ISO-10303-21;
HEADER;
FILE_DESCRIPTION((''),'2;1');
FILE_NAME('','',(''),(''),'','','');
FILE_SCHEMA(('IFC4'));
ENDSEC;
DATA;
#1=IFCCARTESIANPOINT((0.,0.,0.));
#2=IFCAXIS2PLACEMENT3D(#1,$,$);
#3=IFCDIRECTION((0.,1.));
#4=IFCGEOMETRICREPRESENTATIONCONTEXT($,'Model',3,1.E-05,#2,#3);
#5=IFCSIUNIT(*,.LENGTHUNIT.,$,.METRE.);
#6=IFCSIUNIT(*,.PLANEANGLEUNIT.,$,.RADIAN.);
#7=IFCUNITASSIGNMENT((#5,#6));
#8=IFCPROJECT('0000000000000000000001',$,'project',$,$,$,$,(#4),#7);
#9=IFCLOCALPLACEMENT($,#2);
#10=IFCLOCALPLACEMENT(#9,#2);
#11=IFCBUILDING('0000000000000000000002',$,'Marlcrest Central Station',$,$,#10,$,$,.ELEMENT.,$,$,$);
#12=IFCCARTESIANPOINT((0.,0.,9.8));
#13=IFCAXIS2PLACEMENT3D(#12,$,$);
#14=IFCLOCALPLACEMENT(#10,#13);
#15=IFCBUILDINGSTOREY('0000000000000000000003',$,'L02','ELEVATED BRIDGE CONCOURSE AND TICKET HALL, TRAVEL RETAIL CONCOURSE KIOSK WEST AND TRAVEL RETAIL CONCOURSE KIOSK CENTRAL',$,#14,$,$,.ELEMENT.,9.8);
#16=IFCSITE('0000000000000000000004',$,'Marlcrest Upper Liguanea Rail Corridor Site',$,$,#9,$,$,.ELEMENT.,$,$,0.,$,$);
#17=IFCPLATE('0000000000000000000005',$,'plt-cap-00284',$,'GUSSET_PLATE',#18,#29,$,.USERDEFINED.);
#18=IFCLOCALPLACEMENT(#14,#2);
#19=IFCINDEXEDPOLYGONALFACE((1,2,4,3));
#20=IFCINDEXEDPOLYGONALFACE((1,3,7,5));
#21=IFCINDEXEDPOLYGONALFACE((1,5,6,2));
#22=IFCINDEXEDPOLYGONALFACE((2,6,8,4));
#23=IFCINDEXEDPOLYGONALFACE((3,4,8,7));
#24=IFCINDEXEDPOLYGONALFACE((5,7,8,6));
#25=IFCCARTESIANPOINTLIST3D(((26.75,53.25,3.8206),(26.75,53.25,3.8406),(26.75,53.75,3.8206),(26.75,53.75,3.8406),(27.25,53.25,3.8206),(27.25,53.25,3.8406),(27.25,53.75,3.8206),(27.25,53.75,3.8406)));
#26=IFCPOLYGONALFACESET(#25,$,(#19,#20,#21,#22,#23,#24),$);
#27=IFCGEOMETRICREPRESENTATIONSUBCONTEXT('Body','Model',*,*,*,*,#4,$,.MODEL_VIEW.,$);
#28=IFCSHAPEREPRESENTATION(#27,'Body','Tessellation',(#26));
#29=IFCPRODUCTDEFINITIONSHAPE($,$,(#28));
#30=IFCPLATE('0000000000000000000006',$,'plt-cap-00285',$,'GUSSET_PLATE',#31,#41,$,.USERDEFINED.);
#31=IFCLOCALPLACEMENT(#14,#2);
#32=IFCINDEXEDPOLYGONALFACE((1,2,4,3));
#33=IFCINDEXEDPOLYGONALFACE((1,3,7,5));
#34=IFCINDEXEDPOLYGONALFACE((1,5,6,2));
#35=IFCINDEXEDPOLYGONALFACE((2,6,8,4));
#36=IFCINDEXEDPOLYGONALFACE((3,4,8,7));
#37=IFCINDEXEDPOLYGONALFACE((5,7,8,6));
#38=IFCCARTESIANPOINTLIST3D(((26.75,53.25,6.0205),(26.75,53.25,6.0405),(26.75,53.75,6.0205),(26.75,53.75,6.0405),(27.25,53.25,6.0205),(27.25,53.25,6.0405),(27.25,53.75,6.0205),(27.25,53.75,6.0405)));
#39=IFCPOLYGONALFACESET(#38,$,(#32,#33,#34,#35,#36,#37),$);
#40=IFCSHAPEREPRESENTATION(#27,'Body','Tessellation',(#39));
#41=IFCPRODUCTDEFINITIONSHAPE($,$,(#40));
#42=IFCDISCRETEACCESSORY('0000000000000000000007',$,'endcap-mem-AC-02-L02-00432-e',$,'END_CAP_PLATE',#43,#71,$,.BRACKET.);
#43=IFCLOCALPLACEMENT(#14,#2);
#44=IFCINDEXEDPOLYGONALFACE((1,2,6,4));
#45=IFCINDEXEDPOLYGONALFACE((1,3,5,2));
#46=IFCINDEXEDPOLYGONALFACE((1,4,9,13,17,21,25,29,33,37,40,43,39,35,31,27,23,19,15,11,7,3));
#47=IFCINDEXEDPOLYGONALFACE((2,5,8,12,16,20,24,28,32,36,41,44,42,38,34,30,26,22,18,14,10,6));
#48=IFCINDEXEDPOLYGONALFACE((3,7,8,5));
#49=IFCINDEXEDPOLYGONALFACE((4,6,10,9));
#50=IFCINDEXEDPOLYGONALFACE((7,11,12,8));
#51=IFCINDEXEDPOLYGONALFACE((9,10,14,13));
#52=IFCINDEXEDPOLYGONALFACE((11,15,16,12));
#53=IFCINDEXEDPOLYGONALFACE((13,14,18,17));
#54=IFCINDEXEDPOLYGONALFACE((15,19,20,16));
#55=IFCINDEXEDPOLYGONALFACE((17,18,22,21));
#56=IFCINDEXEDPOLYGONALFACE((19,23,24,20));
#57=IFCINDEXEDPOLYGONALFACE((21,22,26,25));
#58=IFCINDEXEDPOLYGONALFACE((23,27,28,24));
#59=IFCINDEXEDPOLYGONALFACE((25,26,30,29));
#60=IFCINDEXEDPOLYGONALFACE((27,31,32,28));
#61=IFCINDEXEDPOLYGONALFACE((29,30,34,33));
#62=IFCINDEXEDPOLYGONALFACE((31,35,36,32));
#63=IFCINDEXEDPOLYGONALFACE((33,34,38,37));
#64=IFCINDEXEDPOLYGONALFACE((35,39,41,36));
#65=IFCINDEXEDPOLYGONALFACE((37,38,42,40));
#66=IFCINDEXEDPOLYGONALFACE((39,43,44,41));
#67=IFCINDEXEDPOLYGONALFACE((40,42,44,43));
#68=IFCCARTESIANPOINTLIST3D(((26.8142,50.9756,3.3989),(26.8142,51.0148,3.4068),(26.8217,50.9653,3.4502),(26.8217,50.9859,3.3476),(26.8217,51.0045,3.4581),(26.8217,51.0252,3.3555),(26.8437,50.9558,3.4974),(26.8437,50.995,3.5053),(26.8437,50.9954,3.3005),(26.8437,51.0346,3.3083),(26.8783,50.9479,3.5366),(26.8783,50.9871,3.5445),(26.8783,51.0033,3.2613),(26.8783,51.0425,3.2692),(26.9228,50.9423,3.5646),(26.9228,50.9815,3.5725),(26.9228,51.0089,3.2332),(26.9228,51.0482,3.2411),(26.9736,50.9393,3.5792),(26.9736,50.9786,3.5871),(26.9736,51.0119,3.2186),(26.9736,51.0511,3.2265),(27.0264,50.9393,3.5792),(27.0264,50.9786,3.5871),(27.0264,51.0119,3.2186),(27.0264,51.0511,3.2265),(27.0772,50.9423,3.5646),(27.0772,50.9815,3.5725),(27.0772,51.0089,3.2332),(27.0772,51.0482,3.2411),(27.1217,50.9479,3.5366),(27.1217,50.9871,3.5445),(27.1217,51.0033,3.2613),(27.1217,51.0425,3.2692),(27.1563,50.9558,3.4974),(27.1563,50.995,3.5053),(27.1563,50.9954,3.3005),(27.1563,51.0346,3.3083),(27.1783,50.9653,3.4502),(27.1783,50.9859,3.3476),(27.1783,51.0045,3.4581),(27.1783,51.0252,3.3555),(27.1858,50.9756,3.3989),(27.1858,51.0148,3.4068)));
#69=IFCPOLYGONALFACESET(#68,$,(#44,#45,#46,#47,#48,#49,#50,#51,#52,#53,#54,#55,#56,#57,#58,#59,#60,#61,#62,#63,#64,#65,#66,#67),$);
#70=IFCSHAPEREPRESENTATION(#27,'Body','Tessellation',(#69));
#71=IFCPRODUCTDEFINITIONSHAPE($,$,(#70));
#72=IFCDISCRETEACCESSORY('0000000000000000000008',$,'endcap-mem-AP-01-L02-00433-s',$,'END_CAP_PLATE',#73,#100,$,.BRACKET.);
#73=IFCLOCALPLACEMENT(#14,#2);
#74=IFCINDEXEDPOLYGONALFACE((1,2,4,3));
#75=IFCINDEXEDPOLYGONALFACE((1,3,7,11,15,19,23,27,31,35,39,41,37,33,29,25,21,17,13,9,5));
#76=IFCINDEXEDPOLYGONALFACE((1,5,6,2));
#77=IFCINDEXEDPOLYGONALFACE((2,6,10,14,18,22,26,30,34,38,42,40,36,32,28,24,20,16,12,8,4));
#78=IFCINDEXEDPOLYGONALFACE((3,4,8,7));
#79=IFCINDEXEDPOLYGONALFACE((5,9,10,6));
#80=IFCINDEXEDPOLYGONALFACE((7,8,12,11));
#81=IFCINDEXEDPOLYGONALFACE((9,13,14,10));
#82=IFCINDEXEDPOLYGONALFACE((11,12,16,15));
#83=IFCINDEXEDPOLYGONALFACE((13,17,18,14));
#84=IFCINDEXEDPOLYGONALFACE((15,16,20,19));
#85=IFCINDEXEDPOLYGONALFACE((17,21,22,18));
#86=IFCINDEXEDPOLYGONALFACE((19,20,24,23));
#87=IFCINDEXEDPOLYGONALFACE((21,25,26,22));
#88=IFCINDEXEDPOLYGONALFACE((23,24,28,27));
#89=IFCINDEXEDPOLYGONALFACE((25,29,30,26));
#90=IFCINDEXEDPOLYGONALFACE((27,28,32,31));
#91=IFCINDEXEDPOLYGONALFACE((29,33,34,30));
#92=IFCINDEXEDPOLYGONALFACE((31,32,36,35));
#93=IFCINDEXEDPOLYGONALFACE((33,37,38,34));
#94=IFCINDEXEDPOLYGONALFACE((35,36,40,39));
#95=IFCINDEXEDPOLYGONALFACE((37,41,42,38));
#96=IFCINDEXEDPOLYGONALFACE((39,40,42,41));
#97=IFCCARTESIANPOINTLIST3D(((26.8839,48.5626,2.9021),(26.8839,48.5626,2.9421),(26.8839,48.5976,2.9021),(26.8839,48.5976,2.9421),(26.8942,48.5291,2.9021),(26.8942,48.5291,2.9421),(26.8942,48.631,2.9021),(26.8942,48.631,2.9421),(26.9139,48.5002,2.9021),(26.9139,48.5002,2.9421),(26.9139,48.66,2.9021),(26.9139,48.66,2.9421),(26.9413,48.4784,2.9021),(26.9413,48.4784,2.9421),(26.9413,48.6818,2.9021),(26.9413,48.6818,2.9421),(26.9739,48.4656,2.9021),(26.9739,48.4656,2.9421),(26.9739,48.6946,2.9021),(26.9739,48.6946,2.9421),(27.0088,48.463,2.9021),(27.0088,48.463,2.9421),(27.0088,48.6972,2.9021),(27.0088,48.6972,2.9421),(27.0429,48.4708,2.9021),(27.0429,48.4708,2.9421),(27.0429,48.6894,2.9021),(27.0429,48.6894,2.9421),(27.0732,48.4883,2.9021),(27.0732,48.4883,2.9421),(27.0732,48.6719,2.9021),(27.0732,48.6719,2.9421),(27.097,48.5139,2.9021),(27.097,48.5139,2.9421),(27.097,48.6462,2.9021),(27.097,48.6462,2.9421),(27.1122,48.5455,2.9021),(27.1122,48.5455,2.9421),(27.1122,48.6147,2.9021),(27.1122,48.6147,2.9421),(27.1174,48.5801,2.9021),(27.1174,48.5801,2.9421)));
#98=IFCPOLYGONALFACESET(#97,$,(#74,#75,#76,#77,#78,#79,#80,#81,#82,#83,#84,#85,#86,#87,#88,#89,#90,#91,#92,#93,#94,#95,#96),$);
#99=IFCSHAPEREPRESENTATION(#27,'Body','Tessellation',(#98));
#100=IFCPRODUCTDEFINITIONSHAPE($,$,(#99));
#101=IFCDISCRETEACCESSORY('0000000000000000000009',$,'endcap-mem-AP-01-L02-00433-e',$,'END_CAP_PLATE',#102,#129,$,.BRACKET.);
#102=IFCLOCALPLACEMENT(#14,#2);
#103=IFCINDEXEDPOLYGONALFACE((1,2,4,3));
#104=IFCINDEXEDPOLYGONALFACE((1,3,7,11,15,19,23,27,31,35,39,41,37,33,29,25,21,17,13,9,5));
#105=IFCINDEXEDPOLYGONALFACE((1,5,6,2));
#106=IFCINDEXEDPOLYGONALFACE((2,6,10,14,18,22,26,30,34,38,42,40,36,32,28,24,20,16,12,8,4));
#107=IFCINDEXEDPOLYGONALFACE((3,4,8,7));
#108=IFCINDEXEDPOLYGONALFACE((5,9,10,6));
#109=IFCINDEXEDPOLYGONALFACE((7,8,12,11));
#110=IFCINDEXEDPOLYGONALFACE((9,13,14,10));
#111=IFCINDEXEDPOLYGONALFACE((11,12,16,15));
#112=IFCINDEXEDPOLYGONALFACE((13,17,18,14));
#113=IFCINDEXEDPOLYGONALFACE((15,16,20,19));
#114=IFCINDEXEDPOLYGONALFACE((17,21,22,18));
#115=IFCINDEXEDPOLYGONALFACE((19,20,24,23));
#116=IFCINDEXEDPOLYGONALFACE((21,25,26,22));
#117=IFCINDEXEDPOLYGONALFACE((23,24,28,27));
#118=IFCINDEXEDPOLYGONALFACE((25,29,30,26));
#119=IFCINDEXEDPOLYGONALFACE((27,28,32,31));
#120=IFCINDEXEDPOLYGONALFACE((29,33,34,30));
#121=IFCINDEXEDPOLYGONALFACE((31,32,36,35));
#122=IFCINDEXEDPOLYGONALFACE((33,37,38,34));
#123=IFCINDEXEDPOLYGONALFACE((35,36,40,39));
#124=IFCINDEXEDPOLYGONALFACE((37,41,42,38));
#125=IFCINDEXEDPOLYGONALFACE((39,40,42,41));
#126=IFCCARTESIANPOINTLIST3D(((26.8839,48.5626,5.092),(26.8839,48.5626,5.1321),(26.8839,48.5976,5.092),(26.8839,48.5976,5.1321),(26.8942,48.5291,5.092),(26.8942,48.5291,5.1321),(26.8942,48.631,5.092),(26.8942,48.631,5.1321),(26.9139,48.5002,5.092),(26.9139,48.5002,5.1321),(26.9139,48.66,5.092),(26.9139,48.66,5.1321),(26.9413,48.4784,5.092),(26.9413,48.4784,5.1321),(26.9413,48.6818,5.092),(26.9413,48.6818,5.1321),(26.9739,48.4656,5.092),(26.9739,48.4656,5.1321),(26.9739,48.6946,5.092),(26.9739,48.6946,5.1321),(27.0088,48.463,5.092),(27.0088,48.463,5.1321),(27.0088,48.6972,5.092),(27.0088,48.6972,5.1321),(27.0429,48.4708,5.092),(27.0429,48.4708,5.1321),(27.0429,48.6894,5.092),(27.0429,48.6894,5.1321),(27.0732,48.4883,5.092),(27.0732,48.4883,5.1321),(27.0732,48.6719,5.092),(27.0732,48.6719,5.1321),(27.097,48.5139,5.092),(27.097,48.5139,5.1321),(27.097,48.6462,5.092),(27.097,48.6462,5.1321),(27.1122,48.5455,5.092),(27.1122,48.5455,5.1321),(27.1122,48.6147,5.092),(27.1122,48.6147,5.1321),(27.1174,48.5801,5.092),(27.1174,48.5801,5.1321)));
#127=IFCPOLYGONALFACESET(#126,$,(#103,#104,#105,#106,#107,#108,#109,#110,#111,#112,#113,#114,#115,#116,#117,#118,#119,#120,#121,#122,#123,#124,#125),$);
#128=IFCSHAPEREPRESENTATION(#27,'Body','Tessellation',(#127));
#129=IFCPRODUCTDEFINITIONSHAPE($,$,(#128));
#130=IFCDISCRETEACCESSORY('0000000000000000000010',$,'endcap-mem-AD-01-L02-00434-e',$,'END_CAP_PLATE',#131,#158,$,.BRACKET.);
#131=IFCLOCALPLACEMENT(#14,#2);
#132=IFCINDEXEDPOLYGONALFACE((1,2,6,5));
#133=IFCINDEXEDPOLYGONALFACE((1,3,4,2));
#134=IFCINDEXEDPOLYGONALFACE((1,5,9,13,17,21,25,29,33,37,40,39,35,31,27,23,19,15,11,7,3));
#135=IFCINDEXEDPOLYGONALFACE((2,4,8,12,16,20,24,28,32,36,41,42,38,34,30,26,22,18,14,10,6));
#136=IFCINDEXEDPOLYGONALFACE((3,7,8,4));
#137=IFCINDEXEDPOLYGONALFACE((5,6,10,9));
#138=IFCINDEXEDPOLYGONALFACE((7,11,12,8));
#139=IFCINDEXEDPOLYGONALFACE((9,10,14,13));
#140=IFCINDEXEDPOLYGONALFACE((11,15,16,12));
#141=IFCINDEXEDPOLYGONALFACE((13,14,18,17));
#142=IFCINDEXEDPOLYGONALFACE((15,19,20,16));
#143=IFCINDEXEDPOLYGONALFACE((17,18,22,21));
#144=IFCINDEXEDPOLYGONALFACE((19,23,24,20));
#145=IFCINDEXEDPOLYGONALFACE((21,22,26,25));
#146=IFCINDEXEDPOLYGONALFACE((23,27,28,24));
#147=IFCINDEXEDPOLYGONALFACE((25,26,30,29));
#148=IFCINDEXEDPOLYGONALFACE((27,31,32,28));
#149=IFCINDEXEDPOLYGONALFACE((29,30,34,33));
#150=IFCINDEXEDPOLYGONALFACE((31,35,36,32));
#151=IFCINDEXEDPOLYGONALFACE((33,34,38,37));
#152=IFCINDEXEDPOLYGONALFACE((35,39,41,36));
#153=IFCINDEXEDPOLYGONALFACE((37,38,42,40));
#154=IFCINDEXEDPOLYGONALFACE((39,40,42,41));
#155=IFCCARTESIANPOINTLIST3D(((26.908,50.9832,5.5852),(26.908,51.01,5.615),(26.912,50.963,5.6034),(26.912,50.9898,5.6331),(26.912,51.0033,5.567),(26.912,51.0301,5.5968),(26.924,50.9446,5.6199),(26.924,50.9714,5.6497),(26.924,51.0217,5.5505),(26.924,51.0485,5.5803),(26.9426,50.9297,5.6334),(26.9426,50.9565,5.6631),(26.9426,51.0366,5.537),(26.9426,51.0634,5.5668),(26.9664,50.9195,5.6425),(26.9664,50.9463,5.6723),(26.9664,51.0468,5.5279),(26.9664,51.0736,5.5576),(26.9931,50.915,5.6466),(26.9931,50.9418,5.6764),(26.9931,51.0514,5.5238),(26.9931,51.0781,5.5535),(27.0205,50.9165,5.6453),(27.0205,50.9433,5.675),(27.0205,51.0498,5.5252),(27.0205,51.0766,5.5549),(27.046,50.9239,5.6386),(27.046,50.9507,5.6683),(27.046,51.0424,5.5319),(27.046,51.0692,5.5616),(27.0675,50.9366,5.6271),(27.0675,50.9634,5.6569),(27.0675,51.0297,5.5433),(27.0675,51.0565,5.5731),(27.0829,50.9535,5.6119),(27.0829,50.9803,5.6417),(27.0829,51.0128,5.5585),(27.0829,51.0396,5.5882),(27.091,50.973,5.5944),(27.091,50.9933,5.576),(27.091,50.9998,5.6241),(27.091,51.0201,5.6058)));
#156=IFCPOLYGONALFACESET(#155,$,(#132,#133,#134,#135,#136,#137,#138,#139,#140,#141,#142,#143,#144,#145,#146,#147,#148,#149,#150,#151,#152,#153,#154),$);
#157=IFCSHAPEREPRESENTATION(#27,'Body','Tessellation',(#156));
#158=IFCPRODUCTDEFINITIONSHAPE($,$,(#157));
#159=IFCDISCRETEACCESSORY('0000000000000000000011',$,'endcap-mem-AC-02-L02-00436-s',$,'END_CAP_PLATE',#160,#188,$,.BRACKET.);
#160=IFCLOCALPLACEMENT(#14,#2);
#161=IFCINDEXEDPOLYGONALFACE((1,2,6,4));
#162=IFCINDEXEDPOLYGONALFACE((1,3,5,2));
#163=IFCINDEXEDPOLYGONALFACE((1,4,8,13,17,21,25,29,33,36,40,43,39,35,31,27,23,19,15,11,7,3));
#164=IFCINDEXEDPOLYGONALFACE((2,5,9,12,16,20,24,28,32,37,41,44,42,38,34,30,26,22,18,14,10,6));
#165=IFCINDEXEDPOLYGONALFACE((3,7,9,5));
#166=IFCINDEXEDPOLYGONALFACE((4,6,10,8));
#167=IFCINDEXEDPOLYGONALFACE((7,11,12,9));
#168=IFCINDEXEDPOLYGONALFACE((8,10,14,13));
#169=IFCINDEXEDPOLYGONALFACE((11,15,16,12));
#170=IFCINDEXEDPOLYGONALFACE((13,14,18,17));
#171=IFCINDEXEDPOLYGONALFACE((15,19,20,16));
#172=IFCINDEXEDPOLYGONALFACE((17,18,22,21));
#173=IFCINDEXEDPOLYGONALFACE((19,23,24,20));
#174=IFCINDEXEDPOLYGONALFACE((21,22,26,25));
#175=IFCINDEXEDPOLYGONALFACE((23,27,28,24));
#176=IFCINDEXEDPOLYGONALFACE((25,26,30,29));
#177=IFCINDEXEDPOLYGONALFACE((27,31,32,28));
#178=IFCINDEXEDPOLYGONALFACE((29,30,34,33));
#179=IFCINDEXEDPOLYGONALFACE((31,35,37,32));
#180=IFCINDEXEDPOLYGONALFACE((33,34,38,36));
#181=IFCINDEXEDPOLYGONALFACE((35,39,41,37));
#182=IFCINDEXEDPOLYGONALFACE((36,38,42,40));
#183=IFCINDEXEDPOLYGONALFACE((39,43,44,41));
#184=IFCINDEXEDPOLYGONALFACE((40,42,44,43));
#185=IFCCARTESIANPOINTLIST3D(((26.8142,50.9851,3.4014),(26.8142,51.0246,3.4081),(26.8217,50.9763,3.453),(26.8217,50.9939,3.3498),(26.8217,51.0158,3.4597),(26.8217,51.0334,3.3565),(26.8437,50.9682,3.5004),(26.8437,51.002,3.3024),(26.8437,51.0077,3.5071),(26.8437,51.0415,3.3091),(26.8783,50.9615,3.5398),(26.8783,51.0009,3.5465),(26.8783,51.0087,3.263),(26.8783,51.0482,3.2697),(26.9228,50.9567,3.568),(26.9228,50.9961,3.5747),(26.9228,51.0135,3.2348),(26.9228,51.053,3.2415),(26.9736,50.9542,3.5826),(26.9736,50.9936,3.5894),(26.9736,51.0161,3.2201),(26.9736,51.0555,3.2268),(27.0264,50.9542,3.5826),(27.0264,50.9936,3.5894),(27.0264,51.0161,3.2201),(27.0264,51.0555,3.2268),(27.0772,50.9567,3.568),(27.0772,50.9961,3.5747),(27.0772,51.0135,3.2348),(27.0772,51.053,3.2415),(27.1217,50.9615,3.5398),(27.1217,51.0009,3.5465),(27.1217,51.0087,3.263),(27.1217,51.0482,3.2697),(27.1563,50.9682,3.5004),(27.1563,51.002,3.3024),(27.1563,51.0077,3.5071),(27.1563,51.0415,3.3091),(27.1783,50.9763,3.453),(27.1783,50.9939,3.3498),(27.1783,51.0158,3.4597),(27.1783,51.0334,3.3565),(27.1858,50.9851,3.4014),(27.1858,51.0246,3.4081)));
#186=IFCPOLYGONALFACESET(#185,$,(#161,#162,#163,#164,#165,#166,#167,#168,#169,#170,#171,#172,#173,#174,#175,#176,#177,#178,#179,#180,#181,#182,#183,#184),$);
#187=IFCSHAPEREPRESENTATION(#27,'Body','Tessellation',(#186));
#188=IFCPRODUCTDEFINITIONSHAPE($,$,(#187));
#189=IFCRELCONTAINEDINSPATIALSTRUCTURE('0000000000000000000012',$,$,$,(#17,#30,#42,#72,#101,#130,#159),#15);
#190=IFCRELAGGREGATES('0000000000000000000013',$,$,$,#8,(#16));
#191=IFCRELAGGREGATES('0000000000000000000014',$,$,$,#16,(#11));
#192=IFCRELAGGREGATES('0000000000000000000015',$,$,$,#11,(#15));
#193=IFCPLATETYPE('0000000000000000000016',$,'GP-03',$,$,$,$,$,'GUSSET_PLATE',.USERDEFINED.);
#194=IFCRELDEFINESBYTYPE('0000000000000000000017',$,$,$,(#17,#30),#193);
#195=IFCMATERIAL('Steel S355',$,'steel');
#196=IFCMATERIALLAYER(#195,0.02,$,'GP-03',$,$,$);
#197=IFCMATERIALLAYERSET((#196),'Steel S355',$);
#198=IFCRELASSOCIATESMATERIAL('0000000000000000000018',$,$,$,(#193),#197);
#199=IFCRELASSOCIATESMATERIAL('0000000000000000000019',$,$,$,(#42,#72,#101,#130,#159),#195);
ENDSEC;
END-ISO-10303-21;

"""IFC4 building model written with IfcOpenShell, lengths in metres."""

from ifc_helpers import new_model, si_unit, direction, frame, origin, origin_2d, place, context, subcontext, project, spatial, rectangle, circle, extrude, material, layer, layer_set, type_object, element, save


model = new_model("IFC4")

# Units and contexts
model_context = context("Model", 3, precision=1e-05, world=origin(), true_north=direction((0.0, 1.0)))
body_context = subcontext(model_context, "Body", "Model", "MODEL_VIEW")
ifc_project = project(units=[si_unit("LENGTHUNIT", "METRE"), si_unit("PLANEANGLEUNIT", "RADIAN")], contexts=[model_context])

# Site, building, storey
site_placement = place(None, origin())
site = spatial("IfcSite", under=ifc_project, at=site_placement, Name="Marlcrest Upper Liguanea Rail Corridor Site", CompositionType="ELEMENT", RefElevation=0.0)
building_placement = place(site_placement, origin())
building = spatial("IfcBuilding", under=site, at=building_placement, Name="Marlcrest Central Station", CompositionType="ELEMENT")
storey_placement = place(building_placement, frame((0.0, 0.0, 9.8)))
storey = spatial("IfcBuildingStorey", under=building, at=storey_placement, Name="L02", Description="ELEVATED BRIDGE CONCOURSE AND TICKET HALL, TRAVEL RETAIL CONCOURSE KIOSK WEST AND TRAVEL RETAIL CONCOURSE KIOSK CENTRAL", CompositionType="ELEMENT", Elevation=9.8)

# Shared definitions
ifc_material = material(Name="Steel S355", Category="steel")

# Plates
ifc_layer = layer(ifc_material, 0.02, Name="GP-03")
ifc_layer_set = layer_set([ifc_layer], Name="Steel S355")
plate_type = type_object("IfcPlateType", Name="GP-03", ElementType="GUSSET_PLATE", PredefinedType="USERDEFINED", material=ifc_layer_set)
for number, where, z_axis, x_axis, name in (
    (1, (27.0, 53.5, 3.8206), (0.0, 0.0, 1.0), (1.0, 0.0, 0.0), "plt-cap-00284"),
    (2, (27.0, 53.5, 6.0205), (0.0, 0.0, 1.0), (1.0, 0.0, 0.0), "plt-cap-00285"),
):
    element("IfcPlate", number, at=place(storey_placement, frame(where, z_axis=z_axis, x_axis=x_axis)), inside=storey, type_object=plate_type, Name=name, ObjectType="GUSSET_PLATE", PredefinedType="USERDEFINED", context=body_context, shape_type="SweptSolid", body=[
        extrude(rectangle(XDim=0.5, YDim=0.5, at=origin_2d()), origin(), (0.0, 0.0, 1.0), 0.02),
    ])

# Discrete accessories
discrete_accessory_1_placement = place(storey_placement, frame((27.0, 50.9756, 3.3989), z_axis=(0.0, 0.980359, 0.197219), x_axis=(-1.0, 0.0, 0.0)))
element("IfcDiscreteAccessory", 3, at=discrete_accessory_1_placement, inside=storey, material=ifc_material, Name="endcap-mem-AC-02-L02-00432-e", ObjectType="END_CAP_PLATE", PredefinedType="BRACKET", context=body_context, shape_type="SweptSolid", body=[
    extrude(circle(Radius=0.1858, at=origin_2d()), origin(), (0.0, 0.0, 1.0), 0.04),
])
for number, where, z_axis, x_axis, name in (
    (4, (27.0, 48.5801, 2.9021), (0.0, 0.0, 1.0), (1.0, 0.0, 0.0), "endcap-mem-AP-01-L02-00433-s"),
    (5, (27.0, 48.5801, 5.092), (0.0, 0.0, 1.0), (1.0, 0.0, 0.0), "endcap-mem-AP-01-L02-00433-e"),
):
    element("IfcDiscreteAccessory", number, at=place(storey_placement, frame(where, z_axis=z_axis, x_axis=x_axis)), inside=storey, material=ifc_material, Name=name, ObjectType="END_CAP_PLATE", PredefinedType="BRACKET", context=body_context, shape_type="SweptSolid", body=[
        extrude(circle(Radius=0.1174, at=origin_2d()), origin(), (0.0, 0.0, 1.0), 0.04),
    ])
discrete_accessory_2_placement = place(storey_placement, frame((27.0, 50.9832, 5.5852), z_axis=(0.0, 0.669244, 0.743042), x_axis=(-1.0, 0.0, 0.0)))
element("IfcDiscreteAccessory", 6, at=discrete_accessory_2_placement, inside=storey, material=ifc_material, Name="endcap-mem-AD-01-L02-00434-e", ObjectType="END_CAP_PLATE", PredefinedType="BRACKET", context=body_context, shape_type="SweptSolid", body=[
    extrude(circle(Radius=0.092, at=origin_2d()), origin(), (0.0, 0.0, 1.0), 0.04),
])
for number, where, z_axis, x_axis, name in (
    (7, (27.0, 50.9851, 3.4014), (0.0, 0.985741, 0.168269), (-1.0, 0.0, 0.0), "endcap-mem-AC-02-L02-00436-s"),
):
    element("IfcDiscreteAccessory", number, at=place(storey_placement, frame(where, z_axis=z_axis, x_axis=x_axis)), inside=storey, material=ifc_material, Name=name, ObjectType="END_CAP_PLATE", PredefinedType="BRACKET", context=body_context, shape_type="SweptSolid", body=[
        extrude(circle(Radius=0.1858, at=origin_2d()), origin(), (0.0, 0.0, 1.0), 0.04),
    ])

save(model, "model.ifc")
